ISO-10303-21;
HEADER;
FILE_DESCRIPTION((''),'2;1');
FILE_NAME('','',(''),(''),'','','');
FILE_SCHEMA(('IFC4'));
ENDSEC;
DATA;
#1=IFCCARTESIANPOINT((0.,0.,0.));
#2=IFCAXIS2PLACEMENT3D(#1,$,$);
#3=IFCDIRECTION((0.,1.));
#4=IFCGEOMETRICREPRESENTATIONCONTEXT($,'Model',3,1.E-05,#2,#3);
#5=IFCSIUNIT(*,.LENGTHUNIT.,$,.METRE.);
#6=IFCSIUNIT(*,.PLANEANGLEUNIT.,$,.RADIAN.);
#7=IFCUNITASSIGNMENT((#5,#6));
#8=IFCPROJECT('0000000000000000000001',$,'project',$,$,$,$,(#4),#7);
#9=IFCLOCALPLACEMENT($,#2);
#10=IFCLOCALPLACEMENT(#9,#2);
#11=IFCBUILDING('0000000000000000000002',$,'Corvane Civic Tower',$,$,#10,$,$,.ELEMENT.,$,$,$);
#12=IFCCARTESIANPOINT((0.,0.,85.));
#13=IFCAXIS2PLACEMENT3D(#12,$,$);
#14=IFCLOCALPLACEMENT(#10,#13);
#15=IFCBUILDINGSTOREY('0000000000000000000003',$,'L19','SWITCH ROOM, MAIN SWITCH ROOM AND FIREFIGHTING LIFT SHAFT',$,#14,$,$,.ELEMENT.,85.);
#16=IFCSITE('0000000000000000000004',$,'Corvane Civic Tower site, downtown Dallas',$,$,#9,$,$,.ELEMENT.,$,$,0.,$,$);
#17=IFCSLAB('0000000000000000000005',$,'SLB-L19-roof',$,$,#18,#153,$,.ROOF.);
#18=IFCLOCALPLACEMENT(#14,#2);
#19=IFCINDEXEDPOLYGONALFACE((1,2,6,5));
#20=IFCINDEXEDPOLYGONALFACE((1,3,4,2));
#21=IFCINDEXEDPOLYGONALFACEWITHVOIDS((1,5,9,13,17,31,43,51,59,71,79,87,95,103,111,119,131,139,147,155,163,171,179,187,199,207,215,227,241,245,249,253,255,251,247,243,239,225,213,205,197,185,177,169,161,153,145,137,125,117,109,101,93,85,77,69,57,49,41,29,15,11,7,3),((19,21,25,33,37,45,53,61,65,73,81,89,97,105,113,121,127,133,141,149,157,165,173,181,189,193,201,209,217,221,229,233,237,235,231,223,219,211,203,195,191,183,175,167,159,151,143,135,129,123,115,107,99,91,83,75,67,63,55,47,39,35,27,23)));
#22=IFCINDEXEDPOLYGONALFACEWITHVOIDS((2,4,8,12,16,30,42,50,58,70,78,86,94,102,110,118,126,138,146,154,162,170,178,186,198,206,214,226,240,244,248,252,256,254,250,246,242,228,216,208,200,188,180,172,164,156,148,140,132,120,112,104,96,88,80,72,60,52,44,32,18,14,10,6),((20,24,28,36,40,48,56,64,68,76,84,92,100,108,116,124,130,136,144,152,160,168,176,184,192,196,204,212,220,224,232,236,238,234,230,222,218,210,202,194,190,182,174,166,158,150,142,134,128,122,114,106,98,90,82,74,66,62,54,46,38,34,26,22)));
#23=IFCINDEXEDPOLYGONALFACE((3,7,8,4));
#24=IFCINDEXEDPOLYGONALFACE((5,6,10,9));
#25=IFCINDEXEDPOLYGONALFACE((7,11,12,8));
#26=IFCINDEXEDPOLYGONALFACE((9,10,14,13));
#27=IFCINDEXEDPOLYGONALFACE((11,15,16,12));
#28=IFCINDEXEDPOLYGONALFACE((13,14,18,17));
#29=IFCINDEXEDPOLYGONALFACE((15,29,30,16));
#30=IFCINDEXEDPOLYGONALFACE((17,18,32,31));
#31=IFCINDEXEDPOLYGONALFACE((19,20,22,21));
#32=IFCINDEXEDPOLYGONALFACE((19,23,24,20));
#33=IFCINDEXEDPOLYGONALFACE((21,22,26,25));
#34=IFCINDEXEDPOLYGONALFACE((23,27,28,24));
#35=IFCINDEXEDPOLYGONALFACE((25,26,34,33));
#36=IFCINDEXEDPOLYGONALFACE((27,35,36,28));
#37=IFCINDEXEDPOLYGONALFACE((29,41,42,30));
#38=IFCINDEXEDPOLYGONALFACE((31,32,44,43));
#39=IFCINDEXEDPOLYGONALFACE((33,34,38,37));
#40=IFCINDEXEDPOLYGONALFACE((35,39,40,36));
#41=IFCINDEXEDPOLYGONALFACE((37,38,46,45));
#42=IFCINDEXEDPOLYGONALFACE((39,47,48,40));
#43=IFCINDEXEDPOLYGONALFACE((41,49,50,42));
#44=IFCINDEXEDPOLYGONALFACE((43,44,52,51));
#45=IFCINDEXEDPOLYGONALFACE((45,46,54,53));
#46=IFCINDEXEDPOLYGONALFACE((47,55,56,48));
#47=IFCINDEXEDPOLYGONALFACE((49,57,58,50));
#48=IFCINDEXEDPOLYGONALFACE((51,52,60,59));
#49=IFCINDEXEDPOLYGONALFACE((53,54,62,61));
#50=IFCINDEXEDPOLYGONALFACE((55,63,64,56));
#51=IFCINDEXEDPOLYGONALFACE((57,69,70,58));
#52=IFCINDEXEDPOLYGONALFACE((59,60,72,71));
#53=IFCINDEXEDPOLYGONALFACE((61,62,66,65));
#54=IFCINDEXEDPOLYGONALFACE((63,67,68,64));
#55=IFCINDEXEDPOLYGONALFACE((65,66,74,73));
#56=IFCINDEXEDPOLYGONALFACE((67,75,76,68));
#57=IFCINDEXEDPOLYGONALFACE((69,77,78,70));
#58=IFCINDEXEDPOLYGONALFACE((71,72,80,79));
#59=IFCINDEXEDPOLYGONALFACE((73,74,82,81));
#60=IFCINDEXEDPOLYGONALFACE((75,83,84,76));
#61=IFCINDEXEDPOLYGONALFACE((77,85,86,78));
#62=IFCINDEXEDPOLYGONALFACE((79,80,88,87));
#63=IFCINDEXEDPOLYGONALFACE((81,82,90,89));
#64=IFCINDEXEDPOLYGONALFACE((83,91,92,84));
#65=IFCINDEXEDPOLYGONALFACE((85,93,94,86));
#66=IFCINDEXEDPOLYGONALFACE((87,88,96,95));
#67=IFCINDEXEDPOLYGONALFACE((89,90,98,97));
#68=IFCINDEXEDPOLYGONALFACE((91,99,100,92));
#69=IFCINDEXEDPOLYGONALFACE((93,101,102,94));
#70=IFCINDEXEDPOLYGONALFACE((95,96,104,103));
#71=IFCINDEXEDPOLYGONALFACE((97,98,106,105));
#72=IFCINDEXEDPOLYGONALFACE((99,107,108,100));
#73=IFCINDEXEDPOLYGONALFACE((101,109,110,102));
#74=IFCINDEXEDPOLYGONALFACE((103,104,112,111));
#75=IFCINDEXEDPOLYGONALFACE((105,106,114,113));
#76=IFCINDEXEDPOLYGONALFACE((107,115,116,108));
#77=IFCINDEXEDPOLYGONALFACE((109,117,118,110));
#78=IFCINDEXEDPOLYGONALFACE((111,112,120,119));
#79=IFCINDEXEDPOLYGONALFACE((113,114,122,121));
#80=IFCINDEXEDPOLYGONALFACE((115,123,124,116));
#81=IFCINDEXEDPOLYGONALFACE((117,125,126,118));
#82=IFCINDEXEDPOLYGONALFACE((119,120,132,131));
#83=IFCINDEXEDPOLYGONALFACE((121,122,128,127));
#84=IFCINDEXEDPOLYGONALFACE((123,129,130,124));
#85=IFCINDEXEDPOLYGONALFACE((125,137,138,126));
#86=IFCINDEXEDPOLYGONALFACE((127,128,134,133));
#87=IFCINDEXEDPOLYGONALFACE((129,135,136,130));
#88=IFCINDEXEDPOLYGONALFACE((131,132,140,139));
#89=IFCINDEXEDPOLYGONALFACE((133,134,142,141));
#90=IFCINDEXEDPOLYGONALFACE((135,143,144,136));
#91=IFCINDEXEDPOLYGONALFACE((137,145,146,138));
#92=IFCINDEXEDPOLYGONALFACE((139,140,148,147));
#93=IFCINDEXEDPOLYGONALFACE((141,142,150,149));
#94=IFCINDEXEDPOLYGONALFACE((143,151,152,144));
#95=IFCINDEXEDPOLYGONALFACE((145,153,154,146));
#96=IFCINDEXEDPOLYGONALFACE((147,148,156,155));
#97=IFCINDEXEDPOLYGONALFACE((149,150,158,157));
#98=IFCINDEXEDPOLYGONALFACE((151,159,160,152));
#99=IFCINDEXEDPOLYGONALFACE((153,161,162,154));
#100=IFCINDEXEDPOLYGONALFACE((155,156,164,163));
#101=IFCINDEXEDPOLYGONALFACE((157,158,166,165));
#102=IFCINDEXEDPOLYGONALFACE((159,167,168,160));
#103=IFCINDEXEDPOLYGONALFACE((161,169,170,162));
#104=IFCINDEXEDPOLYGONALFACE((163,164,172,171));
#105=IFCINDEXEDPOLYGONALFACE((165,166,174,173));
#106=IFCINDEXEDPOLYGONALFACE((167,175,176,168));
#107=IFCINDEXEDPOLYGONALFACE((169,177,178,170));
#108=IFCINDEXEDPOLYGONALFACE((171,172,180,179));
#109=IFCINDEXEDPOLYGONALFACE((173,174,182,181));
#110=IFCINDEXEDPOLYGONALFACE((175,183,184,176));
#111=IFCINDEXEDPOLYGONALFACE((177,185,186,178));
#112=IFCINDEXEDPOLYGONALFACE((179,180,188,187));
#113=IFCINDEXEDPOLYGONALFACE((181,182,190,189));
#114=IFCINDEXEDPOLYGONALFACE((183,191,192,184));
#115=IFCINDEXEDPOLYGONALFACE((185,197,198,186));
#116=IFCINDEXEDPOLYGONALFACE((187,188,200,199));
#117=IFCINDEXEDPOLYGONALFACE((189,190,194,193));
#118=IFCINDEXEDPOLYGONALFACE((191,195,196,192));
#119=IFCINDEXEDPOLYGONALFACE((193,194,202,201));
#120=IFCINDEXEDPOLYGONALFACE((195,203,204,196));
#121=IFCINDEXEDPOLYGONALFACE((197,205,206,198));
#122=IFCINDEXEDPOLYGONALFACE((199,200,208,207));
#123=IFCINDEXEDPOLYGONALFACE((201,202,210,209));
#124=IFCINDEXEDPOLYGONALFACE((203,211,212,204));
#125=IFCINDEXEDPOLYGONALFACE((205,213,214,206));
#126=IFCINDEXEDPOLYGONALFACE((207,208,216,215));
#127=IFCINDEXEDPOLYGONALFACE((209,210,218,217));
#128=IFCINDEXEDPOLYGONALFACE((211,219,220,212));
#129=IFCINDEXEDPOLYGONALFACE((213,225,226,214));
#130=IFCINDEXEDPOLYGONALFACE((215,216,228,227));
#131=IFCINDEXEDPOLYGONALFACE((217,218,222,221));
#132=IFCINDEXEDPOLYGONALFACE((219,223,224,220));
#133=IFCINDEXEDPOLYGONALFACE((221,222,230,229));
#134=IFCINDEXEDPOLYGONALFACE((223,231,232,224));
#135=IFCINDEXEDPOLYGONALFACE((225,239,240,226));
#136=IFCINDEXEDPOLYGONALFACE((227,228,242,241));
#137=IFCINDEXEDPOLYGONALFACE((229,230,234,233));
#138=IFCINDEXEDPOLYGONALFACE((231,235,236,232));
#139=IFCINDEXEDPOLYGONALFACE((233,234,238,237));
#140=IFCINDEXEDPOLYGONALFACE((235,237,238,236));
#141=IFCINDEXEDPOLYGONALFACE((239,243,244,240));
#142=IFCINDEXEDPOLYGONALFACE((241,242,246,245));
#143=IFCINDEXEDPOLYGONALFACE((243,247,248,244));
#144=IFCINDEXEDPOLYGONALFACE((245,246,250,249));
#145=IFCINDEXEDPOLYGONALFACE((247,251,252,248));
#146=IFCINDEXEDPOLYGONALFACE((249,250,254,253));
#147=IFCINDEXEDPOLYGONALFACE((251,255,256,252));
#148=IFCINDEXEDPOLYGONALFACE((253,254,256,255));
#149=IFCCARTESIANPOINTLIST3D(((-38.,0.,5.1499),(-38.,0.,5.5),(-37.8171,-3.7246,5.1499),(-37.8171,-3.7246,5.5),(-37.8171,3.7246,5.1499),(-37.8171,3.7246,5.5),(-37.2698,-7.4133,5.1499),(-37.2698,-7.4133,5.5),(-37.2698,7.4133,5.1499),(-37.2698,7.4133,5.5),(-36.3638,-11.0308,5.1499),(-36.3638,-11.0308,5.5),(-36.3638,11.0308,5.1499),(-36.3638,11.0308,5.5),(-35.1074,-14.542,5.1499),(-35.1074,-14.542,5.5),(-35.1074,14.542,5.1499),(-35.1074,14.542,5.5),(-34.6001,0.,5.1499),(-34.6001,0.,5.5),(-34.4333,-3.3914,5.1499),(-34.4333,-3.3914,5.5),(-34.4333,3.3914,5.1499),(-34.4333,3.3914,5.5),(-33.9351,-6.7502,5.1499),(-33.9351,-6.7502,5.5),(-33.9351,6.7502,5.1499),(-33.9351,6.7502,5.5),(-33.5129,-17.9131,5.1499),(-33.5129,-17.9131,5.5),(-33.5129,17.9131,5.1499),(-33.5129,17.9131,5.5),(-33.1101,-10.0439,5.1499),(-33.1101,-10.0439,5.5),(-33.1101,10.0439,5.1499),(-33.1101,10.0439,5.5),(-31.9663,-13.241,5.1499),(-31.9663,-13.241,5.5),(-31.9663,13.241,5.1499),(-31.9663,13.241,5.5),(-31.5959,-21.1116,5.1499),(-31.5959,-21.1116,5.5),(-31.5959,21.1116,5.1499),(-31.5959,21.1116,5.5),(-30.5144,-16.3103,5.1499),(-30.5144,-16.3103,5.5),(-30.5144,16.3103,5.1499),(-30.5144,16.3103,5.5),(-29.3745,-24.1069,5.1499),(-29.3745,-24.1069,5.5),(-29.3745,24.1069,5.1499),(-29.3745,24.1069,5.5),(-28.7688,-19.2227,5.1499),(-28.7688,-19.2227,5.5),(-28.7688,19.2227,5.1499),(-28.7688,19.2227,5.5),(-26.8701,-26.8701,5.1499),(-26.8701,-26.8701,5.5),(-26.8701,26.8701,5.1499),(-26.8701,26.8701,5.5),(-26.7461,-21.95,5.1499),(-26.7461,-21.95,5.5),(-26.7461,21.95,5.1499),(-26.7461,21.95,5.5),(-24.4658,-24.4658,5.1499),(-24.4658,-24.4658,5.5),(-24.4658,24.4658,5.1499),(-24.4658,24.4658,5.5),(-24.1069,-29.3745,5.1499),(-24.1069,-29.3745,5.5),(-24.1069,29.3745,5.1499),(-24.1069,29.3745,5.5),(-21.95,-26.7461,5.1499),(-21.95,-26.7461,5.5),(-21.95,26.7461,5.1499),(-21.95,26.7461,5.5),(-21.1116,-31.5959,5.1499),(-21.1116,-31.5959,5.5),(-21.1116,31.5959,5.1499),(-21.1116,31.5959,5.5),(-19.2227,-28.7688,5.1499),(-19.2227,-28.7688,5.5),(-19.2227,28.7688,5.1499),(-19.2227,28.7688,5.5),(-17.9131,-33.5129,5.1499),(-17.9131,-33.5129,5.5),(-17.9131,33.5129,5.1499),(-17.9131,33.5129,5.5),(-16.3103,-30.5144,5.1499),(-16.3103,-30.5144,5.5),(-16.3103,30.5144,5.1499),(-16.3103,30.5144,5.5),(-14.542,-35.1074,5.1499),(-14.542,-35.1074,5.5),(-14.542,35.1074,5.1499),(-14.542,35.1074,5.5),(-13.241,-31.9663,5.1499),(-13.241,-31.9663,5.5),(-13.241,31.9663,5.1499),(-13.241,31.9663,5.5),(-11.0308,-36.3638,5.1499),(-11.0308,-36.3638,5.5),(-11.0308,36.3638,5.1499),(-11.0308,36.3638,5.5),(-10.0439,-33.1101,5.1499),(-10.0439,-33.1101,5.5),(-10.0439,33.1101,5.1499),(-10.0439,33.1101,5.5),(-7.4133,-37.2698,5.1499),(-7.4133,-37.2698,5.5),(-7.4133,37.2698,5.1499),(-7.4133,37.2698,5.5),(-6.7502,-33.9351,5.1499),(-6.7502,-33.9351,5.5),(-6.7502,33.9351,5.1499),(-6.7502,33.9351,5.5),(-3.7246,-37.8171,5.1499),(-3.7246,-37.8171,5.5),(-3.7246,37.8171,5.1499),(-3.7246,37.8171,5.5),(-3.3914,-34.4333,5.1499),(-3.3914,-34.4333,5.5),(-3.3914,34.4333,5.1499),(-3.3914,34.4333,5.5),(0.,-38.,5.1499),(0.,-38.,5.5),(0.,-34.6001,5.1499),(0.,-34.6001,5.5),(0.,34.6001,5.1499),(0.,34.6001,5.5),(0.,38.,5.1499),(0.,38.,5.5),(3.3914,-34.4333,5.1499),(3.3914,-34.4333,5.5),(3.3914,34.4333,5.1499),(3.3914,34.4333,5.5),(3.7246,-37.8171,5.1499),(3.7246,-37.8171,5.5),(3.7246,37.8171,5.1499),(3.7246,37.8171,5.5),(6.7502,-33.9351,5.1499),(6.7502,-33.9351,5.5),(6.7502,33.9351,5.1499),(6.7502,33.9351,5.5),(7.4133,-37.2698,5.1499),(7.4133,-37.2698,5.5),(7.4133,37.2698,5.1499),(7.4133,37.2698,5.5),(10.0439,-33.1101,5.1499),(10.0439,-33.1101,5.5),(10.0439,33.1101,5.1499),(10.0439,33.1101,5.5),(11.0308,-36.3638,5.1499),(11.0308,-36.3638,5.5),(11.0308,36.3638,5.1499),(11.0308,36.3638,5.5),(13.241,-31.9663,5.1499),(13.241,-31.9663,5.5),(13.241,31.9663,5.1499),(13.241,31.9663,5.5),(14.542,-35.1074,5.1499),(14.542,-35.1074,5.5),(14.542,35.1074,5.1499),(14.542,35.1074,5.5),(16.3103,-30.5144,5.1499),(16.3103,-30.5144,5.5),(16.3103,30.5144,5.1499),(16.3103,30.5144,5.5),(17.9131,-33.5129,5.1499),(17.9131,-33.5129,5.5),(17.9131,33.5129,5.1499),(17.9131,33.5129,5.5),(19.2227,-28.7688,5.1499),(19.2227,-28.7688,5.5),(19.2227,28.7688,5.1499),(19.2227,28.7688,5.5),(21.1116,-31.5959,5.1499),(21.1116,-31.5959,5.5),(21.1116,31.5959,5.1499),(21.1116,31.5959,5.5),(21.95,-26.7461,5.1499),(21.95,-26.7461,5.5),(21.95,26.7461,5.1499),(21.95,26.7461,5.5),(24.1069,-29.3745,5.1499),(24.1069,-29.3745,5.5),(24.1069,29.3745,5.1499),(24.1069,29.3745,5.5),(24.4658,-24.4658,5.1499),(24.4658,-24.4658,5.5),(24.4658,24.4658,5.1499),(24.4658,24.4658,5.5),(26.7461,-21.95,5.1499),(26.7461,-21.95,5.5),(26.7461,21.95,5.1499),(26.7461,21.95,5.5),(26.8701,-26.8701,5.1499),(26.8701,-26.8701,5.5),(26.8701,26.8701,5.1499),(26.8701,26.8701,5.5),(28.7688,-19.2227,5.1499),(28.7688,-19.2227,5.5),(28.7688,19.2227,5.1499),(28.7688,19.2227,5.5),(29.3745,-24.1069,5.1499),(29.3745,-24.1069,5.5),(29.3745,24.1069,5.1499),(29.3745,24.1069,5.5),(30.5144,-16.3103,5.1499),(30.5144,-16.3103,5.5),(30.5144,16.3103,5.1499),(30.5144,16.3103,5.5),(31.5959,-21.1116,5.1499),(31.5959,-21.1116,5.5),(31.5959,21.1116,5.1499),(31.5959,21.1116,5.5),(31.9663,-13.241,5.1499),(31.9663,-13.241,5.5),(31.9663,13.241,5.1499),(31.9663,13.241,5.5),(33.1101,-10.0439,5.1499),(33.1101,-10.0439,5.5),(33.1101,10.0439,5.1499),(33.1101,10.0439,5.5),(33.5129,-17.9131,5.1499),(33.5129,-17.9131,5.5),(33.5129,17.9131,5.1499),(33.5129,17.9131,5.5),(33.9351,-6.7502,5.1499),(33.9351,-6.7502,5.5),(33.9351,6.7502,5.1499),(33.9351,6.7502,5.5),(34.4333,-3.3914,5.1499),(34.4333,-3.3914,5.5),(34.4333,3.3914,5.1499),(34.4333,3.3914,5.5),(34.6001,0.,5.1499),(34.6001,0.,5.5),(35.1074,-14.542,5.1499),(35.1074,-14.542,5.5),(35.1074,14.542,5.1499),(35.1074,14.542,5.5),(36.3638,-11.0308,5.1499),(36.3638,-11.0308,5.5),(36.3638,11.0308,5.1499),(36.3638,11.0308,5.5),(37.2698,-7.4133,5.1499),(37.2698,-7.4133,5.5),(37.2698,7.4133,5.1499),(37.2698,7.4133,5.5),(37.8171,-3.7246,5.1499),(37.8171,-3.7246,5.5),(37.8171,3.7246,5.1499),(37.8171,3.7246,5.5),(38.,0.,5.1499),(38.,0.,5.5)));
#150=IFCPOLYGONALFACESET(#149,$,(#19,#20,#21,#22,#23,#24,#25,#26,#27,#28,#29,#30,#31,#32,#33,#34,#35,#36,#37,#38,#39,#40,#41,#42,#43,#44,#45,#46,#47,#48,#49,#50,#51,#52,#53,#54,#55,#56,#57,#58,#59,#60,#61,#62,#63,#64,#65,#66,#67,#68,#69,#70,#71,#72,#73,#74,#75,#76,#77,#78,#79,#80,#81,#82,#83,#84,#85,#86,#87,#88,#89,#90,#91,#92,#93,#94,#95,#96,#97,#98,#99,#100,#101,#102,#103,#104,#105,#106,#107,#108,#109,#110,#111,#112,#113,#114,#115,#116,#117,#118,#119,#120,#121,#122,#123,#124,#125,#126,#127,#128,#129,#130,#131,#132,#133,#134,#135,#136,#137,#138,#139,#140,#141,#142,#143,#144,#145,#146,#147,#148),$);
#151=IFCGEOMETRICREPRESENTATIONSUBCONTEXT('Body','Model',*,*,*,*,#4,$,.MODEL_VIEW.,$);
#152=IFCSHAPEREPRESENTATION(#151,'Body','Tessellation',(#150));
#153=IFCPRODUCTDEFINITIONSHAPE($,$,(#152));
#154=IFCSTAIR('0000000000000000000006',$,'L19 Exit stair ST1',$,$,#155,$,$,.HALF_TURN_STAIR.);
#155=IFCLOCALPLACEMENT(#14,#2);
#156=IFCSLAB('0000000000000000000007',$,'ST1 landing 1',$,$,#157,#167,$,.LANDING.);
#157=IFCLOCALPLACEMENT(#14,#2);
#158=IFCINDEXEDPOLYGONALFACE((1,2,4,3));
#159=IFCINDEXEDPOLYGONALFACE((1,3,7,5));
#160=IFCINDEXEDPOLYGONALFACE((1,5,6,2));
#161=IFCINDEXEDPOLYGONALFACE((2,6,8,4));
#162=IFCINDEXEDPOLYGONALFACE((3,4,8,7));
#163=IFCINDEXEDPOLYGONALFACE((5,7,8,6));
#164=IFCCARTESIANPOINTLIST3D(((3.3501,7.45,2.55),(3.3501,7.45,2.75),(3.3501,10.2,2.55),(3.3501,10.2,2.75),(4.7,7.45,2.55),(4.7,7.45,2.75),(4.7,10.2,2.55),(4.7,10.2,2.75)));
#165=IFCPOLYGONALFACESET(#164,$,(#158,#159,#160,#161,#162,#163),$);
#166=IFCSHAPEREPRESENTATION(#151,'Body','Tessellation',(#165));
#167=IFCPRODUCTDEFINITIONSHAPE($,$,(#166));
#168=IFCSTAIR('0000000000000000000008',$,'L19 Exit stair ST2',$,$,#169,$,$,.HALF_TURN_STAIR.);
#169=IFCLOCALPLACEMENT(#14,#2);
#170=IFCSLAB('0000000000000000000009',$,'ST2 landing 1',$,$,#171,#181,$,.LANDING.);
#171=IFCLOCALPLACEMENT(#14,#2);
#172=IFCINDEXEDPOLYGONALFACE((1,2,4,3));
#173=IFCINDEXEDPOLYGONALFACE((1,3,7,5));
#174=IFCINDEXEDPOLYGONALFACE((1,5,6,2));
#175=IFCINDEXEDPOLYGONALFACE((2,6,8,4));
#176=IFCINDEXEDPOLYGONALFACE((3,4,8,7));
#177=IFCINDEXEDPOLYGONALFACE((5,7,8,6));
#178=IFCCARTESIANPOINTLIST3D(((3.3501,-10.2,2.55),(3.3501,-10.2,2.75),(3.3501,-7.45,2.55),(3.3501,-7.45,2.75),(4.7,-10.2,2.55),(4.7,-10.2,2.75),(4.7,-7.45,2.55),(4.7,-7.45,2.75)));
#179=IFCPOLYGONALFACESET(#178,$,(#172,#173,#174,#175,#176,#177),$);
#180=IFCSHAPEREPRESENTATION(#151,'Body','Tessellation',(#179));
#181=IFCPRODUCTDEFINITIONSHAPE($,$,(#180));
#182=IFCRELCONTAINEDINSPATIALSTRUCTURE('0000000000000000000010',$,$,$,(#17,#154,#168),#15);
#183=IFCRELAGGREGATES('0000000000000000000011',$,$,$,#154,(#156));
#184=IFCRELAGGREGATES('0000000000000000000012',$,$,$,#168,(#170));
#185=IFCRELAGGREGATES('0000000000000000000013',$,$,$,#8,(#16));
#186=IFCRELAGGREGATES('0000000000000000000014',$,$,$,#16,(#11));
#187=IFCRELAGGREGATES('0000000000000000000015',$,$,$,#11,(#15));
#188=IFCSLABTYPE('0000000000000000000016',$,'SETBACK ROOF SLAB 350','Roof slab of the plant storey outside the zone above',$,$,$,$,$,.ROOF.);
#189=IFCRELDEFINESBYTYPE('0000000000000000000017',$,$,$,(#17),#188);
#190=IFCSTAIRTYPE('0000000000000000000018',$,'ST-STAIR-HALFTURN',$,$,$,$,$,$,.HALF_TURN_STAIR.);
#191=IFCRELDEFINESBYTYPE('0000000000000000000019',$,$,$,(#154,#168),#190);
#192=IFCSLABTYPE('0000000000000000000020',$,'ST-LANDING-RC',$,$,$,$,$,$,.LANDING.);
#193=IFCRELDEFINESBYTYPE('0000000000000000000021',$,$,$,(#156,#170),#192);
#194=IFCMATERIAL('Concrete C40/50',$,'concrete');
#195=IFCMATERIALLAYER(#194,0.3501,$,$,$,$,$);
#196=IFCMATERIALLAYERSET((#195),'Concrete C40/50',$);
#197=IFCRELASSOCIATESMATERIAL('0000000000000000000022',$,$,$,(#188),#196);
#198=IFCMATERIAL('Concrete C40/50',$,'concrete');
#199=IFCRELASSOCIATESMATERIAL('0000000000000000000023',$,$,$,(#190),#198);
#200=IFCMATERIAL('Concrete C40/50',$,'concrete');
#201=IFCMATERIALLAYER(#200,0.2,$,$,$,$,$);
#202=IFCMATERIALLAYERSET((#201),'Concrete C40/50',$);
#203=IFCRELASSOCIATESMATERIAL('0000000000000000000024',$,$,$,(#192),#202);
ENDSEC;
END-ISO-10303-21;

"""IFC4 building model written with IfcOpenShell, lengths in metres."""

from ifc_helpers import new_model, si_unit, direction, frame, origin, place, context, subcontext, project, spatial, polyline, outline, extrude, material, layer, layer_set, type_object, element, aggregate, save


model = new_model("IFC4")

# Units and contexts
model_context = context("Model", 3, precision=1e-05, world=origin(), true_north=direction((0.0, 1.0)))
body_context = subcontext(model_context, "Body", "Model", "MODEL_VIEW")
ifc_project = project(units=[si_unit("LENGTHUNIT", "METRE"), si_unit("PLANEANGLEUNIT", "RADIAN")], contexts=[model_context])

# Site, building, storey
site_placement = place(None, origin())
site = spatial("IfcSite", under=ifc_project, at=site_placement, Name="Corvane Civic Tower site, downtown Dallas", CompositionType="ELEMENT", RefElevation=0.0)
building_placement = place(site_placement, origin())
building = spatial("IfcBuilding", under=site, at=building_placement, Name="Corvane Civic Tower", CompositionType="ELEMENT")
storey_placement = place(building_placement, frame((0.0, 0.0, 85.0)))
storey = spatial("IfcBuildingStorey", under=building, at=storey_placement, Name="L19", Description="SWITCH ROOM, MAIN SWITCH ROOM AND FIREFIGHTING LIFT SHAFT", CompositionType="ELEMENT", Elevation=85.0)

# Slab
ifc_material_1 = material(Name="Concrete C40/50", Category="concrete")
ifc_layer_1 = layer(ifc_material_1, 0.3501)
ifc_layer_set_1 = layer_set([ifc_layer_1], Name="Concrete C40/50")
slab_type_1 = type_object("IfcSlabType", Name="SETBACK ROOF SLAB 350", Description="Roof slab of the plant storey outside the zone above", PredefinedType="ROOF", material=ifc_layer_set_1)
slab_1_placement = place(storey_placement, frame((0.0, 0.0, 5.1499)))
element("IfcSlab", 1, at=slab_1_placement, inside=storey, type_object=slab_type_1, Name="SLB-L19-roof", PredefinedType="ROOF", context=body_context, shape_type="SweptSolid", body=[
    extrude(outline(polyline([(0.0, 38.0), (-3.7246, 37.8171), (-7.4133, 37.2698), (-11.0308, 36.3638), (-14.542, 35.1074), (-17.9131, 33.5129), (-21.1116, 31.5959), (-24.1069, 29.3745), (-26.8701, 26.8701), (-29.3745, 24.1069), (-31.5959, 21.1116), (-33.5129, 17.9131), (-35.1074, 14.542), (-36.3638, 11.0308), (-37.2698, 7.4133), (-37.8171, 3.7246), (-38.0, 0.0), (-37.8171, -3.7246), (-37.2698, -7.4133), (-36.3638, -11.0308), (-35.1074, -14.542), (-33.5129, -17.9131), (-31.5959, -21.1116), (-29.3745, -24.1069), (-26.8701, -26.8701), (-24.1069, -29.3745), (-21.1116, -31.5959), (-17.9131, -33.5129), (-14.542, -35.1074), (-11.0308, -36.3638), (-7.4133, -37.2698), (-3.7246, -37.8171), (0.0, -38.0), (3.7246, -37.8171), (7.4133, -37.2698), (11.0308, -36.3638), (14.542, -35.1074), (17.9131, -33.5129), (21.1116, -31.5959), (24.1069, -29.3745), (26.8701, -26.8701), (29.3745, -24.1069), (31.5959, -21.1116), (33.5129, -17.9131), (35.1074, -14.542), (36.3638, -11.0308), (37.2698, -7.4133), (37.8171, -3.7246), (38.0, 0.0), (37.8171, 3.7246), (37.2698, 7.4133), (36.3638, 11.0308), (35.1074, 14.542), (33.5129, 17.9131), (31.5959, 21.1116), (29.3745, 24.1069), (26.8701, 26.8701), (24.1069, 29.3745), (21.1116, 31.5959), (17.9131, 33.5129), (14.542, 35.1074), (11.0308, 36.3638), (7.4133, 37.2698), (3.7246, 37.8171), (0.0, 38.0)]), holes=[polyline([(0.0, 34.6001), (-3.3914, 34.4333), (-6.7502, 33.9351), (-10.0439, 33.1101), (-13.241, 31.9663), (-16.3103, 30.5144), (-19.2227, 28.7688), (-21.95, 26.7461), (-24.4658, 24.4658), (-26.7461, 21.95), (-28.7688, 19.2227), (-30.5144, 16.3103), (-31.9663, 13.241), (-33.1101, 10.0439), (-33.9351, 6.7502), (-34.4333, 3.3914), (-34.6001, 0.0), (-34.4333, -3.3914), (-33.9351, -6.7502), (-33.1101, -10.0439), (-31.9663, -13.241), (-30.5144, -16.3103), (-28.7688, -19.2227), (-26.7461, -21.95), (-24.4658, -24.4658), (-21.95, -26.7461), (-19.2227, -28.7688), (-16.3103, -30.5144), (-13.241, -31.9663), (-10.0439, -33.1101), (-6.7502, -33.9351), (-3.3914, -34.4333), (0.0, -34.6001), (3.3914, -34.4333), (6.7502, -33.9351), (10.0439, -33.1101), (13.241, -31.9663), (16.3103, -30.5144), (19.2227, -28.7688), (21.95, -26.7461), (24.4658, -24.4658), (26.7461, -21.95), (28.7688, -19.2227), (30.5144, -16.3103), (31.9663, -13.241), (33.1101, -10.0439), (33.9351, -6.7502), (34.4333, -3.3914), (34.6001, 0.0), (34.4333, 3.3914), (33.9351, 6.7502), (33.1101, 10.0439), (31.9663, 13.241), (30.5144, 16.3103), (28.7688, 19.2227), (26.7461, 21.95), (24.4658, 24.4658), (21.95, 26.7461), (19.2227, 28.7688), (16.3103, 30.5144), (13.241, 31.9663), (10.0439, 33.1101), (6.7502, 33.9351), (3.3914, 34.4333), (0.0, 34.6001)])]), origin(), (0.0, 0.0, 1.0), 0.3501),
])

# Stairs, slabs
ifc_material_2 = material(Name="Concrete C40/50", Category="concrete")
stair_type = type_object("IfcStairType", Name="ST-STAIR-HALFTURN", PredefinedType="HALF_TURN_STAIR", material=ifc_material_2)
stair_1_placement = place(storey_placement, origin())
stair_1 = element("IfcStair", 2, at=stair_1_placement, inside=storey, type_object=stair_type, Name="L19 Exit stair ST1", PredefinedType="HALF_TURN_STAIR")
ifc_material_3 = material(Name="Concrete C40/50", Category="concrete")
ifc_layer_2 = layer(ifc_material_3, 0.2)
ifc_layer_set_2 = layer_set([ifc_layer_2], Name="Concrete C40/50")
slab_type_2 = type_object("IfcSlabType", Name="ST-LANDING-RC", PredefinedType="LANDING", material=ifc_layer_set_2)
slab_2_placement = place(storey_placement, frame((0.0, 0.0, 2.55)))
slab_2 = element("IfcSlab", 3, at=slab_2_placement, type_object=slab_type_2, Name="ST1 landing 1", PredefinedType="LANDING", context=body_context, shape_type="SweptSolid", body=[
    extrude(outline(polyline([(4.7, 10.2), (3.3501, 10.2), (3.3501, 7.45), (4.7, 7.45), (4.7, 10.2)])), origin(), (0.0, 0.0, 1.0), 0.2),
])
aggregate(stair_1, [slab_2])
stair_2_placement = place(storey_placement, origin())
stair_2 = element("IfcStair", 4, at=stair_2_placement, inside=storey, type_object=stair_type, Name="L19 Exit stair ST2", PredefinedType="HALF_TURN_STAIR")
slab_3_placement = place(storey_placement, frame((0.0, 0.0, 2.55)))
slab_3 = element("IfcSlab", 5, at=slab_3_placement, type_object=slab_type_2, Name="ST2 landing 1", PredefinedType="LANDING", context=body_context, shape_type="SweptSolid", body=[
    extrude(outline(polyline([(4.7, -7.45), (3.3501, -7.45), (3.3501, -10.2), (4.7, -10.2), (4.7, -7.45)])), origin(), (0.0, 0.0, 1.0), 0.2),
])
aggregate(stair_2, [slab_3])

save(model, "model.ifc")
